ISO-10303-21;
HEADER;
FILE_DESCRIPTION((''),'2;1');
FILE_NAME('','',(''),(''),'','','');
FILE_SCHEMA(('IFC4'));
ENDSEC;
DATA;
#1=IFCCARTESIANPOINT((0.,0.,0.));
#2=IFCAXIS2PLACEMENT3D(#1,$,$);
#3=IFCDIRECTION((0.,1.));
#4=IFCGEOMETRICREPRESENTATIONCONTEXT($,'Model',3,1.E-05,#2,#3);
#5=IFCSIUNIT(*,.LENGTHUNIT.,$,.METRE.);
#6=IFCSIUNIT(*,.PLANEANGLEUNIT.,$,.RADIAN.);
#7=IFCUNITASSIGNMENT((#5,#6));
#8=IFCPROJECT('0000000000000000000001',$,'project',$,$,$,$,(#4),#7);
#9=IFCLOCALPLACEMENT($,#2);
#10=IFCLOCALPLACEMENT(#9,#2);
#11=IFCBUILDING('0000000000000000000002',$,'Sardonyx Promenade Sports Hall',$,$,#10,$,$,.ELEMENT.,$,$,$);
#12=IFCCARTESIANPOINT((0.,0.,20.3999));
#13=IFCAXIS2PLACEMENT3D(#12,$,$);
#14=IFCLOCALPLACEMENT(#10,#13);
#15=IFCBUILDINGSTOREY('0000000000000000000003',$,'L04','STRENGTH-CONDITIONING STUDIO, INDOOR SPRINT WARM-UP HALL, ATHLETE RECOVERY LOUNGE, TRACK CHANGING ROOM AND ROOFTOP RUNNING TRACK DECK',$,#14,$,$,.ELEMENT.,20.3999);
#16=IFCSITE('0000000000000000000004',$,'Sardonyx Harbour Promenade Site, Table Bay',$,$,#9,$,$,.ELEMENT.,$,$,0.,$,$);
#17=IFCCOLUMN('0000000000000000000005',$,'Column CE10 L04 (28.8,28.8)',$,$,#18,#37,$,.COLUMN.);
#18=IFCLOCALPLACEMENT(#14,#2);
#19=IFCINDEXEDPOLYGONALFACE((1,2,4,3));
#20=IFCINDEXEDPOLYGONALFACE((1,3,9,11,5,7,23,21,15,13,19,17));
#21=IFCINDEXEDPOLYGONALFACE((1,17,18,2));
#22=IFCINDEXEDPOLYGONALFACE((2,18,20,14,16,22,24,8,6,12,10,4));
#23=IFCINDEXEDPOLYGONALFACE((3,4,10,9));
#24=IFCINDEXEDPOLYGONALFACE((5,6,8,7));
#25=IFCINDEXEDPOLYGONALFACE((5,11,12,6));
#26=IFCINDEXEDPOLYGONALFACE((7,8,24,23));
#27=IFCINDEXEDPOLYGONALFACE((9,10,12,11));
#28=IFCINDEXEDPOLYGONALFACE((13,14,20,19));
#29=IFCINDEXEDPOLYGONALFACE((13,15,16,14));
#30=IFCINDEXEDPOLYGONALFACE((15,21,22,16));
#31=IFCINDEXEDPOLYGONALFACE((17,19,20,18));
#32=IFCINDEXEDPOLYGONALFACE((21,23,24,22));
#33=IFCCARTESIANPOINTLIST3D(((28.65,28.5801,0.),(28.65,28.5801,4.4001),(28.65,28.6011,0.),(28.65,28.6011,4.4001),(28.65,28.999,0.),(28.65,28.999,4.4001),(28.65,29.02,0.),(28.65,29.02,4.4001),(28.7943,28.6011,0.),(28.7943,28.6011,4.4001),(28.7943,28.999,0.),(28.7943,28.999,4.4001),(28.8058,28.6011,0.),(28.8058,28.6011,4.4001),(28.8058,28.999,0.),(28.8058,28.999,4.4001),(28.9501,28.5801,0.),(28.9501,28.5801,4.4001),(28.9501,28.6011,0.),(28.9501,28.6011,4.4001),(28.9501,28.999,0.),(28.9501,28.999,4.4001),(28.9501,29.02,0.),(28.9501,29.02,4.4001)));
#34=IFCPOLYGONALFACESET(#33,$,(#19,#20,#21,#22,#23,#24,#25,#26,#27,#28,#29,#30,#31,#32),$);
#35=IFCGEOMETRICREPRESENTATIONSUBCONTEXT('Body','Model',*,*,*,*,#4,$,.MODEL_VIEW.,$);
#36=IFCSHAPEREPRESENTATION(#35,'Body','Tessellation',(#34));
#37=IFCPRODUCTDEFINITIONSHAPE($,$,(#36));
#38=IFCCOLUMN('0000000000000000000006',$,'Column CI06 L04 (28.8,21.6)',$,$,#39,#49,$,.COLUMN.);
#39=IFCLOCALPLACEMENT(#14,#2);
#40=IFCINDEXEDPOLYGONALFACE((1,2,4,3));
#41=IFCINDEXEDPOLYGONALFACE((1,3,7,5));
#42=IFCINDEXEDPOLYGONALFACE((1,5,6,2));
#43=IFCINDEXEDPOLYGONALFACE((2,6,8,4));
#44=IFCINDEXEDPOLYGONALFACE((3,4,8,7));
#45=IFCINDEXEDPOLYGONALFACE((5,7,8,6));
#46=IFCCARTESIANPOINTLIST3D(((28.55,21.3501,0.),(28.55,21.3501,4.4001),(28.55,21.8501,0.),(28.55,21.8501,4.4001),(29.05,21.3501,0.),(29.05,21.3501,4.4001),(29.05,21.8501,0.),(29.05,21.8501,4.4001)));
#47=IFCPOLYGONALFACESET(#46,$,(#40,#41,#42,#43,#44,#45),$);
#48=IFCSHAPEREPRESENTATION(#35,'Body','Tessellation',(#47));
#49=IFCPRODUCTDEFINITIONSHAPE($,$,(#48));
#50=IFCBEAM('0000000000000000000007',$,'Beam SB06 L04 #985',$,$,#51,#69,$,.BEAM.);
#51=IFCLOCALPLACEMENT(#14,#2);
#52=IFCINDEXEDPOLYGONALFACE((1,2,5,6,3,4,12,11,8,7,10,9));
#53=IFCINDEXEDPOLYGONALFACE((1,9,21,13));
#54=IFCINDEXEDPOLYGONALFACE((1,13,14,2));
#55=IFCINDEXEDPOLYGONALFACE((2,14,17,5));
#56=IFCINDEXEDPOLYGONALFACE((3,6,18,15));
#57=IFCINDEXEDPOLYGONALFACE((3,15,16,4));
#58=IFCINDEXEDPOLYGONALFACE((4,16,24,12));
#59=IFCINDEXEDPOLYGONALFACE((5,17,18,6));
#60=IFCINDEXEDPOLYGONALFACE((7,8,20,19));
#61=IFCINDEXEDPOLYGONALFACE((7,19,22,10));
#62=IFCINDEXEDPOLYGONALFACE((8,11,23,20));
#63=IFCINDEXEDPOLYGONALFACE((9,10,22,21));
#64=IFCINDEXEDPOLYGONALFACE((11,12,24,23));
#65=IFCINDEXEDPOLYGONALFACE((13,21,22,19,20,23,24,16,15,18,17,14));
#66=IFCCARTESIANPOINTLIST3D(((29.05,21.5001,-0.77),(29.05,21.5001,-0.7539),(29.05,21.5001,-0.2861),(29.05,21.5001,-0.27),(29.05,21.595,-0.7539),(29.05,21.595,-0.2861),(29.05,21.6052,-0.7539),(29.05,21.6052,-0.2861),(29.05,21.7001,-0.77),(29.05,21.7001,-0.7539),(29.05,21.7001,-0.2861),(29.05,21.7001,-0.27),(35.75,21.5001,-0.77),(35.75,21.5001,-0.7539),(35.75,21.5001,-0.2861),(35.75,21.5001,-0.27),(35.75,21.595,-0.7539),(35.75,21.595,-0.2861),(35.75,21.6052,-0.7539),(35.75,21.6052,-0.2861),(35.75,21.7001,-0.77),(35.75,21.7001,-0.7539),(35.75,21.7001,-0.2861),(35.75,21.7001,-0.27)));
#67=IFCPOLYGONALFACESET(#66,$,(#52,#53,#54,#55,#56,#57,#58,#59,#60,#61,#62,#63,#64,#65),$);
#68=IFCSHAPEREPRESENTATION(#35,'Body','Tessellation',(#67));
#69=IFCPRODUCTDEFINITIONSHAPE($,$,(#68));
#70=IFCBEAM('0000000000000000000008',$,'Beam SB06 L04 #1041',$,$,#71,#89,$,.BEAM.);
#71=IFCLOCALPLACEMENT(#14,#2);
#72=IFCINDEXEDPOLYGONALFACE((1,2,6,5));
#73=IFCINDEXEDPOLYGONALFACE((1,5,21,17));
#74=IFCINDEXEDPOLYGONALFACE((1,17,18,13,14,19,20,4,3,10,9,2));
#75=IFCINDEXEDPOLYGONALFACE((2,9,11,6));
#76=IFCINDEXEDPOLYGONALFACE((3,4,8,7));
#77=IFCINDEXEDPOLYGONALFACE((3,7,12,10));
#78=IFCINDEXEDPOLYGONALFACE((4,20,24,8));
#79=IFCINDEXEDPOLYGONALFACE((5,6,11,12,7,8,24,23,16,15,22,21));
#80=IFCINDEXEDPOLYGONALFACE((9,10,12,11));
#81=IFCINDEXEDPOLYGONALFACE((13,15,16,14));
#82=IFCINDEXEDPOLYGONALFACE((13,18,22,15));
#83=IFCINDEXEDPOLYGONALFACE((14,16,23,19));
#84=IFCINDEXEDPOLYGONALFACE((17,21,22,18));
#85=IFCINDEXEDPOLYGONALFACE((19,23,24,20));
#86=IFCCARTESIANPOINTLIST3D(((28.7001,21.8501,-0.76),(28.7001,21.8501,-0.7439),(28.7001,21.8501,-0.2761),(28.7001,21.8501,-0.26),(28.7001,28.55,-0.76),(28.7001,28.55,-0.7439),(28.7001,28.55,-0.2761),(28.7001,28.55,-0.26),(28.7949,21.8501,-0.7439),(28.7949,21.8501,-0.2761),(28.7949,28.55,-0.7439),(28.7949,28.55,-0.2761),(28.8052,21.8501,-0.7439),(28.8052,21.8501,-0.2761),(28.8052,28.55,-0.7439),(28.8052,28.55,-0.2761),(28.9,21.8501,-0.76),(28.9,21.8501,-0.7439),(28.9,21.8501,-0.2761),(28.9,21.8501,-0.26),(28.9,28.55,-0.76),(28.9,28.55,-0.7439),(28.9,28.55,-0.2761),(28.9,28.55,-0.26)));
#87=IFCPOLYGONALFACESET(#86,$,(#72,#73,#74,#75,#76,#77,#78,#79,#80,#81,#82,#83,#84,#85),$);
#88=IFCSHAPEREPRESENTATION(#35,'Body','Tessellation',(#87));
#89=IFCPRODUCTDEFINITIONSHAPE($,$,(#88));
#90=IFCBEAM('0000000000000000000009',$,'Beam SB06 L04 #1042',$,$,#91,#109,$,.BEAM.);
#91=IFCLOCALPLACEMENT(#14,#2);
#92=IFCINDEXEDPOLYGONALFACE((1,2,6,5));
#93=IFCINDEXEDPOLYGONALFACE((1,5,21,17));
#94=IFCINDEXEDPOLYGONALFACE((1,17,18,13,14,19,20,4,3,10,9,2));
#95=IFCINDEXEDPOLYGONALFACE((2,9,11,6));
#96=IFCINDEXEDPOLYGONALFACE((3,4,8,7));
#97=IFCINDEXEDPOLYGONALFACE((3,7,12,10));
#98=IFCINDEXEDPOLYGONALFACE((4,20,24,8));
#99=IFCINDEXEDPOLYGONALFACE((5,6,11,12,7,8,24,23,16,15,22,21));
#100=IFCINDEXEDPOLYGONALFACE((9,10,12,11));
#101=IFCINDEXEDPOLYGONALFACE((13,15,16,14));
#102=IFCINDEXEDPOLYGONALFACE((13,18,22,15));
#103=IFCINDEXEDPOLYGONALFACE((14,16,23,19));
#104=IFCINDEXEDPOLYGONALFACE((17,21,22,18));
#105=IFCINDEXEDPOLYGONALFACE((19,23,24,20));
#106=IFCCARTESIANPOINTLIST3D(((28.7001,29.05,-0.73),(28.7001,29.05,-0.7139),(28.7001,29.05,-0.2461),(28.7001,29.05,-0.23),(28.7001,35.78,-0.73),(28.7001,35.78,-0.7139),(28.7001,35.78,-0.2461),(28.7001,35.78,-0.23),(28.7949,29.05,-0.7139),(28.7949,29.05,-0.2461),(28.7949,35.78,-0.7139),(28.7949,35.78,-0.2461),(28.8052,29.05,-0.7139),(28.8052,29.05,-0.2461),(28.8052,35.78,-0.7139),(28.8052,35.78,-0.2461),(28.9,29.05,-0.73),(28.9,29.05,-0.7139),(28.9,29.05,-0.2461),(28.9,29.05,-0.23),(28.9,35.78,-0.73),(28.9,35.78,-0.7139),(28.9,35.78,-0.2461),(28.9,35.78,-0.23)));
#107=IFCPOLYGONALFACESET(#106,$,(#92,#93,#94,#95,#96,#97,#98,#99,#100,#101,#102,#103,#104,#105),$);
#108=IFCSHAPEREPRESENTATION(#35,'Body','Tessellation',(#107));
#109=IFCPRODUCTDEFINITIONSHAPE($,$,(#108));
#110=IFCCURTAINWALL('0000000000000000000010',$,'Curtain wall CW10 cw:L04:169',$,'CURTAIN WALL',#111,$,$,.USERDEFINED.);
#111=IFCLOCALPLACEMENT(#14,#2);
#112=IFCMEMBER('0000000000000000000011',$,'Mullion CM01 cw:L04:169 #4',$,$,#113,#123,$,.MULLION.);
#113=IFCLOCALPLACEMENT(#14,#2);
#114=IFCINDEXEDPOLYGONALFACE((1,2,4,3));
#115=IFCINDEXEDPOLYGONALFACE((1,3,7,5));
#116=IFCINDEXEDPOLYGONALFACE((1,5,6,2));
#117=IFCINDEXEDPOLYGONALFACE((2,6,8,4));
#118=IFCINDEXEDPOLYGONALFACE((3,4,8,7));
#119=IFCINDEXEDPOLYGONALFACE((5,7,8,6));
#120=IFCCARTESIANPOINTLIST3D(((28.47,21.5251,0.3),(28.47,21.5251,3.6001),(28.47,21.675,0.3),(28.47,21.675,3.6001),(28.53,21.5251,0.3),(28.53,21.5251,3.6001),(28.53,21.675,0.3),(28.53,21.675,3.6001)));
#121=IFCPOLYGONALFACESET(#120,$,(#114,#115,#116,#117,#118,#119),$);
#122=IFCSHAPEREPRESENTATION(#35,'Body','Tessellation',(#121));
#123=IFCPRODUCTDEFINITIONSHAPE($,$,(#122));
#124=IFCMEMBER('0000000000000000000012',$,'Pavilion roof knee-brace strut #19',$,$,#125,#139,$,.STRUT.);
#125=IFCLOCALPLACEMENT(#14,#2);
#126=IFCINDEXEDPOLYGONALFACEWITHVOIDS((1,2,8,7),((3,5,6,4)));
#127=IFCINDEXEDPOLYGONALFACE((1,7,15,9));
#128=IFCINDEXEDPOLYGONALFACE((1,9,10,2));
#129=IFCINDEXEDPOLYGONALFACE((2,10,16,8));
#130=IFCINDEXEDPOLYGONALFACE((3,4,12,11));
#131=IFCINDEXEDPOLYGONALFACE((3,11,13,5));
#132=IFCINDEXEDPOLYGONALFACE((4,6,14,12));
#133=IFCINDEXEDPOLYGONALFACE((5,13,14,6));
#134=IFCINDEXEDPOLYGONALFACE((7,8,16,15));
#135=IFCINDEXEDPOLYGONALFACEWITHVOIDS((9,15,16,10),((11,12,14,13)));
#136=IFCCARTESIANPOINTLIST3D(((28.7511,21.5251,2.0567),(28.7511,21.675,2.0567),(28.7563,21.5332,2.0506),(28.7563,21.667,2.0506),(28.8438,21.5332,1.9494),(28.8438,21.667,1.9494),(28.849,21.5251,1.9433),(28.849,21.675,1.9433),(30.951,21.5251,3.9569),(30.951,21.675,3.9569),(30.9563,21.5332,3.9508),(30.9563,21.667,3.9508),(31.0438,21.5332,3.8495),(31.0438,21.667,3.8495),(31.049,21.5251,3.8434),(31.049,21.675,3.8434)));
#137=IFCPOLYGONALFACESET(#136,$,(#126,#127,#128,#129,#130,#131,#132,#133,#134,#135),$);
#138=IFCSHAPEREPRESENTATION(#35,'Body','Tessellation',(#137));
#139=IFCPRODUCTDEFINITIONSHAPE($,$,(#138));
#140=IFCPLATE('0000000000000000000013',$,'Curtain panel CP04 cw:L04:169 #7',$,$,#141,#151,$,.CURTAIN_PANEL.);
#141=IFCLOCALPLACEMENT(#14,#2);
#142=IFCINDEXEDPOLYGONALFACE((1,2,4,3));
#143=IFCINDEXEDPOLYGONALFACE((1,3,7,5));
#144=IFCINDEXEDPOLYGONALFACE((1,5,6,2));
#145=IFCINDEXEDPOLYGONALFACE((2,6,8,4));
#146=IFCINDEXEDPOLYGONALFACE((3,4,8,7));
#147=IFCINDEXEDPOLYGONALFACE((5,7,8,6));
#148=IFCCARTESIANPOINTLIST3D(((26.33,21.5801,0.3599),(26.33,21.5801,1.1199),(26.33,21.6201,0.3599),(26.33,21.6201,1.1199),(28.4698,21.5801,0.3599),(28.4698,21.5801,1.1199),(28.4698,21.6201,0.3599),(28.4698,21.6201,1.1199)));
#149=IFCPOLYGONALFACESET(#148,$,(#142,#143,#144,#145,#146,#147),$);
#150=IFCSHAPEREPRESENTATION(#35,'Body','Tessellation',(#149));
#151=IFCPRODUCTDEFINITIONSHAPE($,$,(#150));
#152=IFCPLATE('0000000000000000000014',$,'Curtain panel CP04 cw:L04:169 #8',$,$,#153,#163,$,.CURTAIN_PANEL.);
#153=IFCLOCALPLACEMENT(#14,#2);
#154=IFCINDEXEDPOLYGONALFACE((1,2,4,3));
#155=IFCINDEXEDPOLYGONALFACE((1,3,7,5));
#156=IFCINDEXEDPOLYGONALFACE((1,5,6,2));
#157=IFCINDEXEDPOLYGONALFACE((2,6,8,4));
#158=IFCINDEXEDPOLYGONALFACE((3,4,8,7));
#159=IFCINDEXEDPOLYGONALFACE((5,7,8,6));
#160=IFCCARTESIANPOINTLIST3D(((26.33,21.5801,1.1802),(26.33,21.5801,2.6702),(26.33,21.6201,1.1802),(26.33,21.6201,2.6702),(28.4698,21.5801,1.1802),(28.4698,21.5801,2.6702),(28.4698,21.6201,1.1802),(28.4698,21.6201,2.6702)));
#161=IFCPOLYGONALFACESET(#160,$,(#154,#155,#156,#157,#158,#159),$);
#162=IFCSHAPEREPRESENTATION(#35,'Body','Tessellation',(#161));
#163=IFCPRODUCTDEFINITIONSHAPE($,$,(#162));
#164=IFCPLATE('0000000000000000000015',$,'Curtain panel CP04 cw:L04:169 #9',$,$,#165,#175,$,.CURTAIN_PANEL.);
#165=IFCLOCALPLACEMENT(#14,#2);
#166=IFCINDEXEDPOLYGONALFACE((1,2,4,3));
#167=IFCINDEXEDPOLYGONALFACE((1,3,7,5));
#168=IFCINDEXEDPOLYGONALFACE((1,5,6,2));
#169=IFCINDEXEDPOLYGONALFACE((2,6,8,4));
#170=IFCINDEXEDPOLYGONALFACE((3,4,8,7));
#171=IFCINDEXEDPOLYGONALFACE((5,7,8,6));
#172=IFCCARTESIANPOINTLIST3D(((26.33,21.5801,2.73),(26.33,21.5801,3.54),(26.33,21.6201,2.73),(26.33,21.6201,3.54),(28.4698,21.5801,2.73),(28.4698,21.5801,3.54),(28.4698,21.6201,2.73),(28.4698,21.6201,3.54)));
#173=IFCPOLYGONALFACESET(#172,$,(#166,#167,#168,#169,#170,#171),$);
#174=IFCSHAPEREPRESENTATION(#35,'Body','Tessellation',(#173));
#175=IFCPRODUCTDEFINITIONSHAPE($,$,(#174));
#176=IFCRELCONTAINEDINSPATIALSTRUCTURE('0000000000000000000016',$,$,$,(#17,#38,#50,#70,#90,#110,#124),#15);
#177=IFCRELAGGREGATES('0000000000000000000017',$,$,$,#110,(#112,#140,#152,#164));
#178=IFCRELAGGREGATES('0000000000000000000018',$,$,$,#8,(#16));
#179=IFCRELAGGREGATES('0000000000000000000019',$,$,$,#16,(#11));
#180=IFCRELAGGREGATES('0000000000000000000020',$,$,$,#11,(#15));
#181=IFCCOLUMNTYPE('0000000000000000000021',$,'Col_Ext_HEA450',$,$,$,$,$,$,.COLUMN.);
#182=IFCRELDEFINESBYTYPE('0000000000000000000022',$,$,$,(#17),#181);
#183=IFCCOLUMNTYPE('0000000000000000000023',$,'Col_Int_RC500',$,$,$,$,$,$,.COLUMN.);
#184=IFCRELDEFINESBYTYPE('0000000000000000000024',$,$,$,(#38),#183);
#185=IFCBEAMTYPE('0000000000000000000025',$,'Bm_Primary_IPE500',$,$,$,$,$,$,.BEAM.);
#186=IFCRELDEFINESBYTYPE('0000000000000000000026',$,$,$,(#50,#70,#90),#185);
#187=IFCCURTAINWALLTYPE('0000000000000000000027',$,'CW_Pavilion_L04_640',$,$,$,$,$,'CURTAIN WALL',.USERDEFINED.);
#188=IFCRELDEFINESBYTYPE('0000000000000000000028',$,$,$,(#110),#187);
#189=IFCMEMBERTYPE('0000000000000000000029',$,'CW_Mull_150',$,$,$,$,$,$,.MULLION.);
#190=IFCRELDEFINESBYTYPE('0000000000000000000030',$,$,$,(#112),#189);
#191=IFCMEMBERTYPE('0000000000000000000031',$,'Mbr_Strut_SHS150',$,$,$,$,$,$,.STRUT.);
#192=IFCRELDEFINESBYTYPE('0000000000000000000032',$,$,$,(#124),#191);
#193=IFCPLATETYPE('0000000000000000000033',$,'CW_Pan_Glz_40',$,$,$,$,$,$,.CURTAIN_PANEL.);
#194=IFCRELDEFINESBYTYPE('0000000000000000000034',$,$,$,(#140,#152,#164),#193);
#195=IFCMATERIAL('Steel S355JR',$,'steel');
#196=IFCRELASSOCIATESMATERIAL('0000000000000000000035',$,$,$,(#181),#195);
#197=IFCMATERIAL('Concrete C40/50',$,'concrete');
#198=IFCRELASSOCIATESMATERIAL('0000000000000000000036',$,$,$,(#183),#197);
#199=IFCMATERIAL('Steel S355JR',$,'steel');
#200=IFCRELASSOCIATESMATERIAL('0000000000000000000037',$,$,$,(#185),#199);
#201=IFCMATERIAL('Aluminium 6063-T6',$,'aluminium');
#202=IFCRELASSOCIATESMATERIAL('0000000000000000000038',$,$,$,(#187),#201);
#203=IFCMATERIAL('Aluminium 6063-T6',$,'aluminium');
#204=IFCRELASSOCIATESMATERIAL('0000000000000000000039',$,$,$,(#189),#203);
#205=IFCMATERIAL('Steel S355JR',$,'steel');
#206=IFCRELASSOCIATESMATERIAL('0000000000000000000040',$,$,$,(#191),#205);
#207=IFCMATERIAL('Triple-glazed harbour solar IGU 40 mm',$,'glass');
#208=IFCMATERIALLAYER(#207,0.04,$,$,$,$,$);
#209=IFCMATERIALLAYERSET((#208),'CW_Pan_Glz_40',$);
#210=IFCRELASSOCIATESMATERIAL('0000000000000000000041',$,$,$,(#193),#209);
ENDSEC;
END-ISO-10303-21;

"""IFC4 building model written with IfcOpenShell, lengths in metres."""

from ifc_helpers import new_model, si_unit, direction, frame, origin, origin_2d, place, context, subcontext, project, spatial, rectangle, hollow_rectangle, i_section, extrude, material, layer, layer_set, material_profile, profile_set, type_object, element, aggregate, save


model = new_model("IFC4")

# Units and contexts
model_context = context("Model", 3, precision=1e-05, world=origin(), true_north=direction((0.0, 1.0)))
body_context = subcontext(model_context, "Body", "Model", "MODEL_VIEW")
ifc_project = project(units=[si_unit("LENGTHUNIT", "METRE"), si_unit("PLANEANGLEUNIT", "RADIAN")], contexts=[model_context])

# Site, building, storey
site_placement = place(None, origin())
site = spatial("IfcSite", under=ifc_project, at=site_placement, Name="Sardonyx Harbour Promenade Site, Table Bay", CompositionType="ELEMENT", RefElevation=0.0)
building_placement = place(site_placement, origin())
building = spatial("IfcBuilding", under=site, at=building_placement, Name="Sardonyx Promenade Sports Hall", CompositionType="ELEMENT")
storey_placement = place(building_placement, frame((0.0, 0.0, 20.3999)))
storey = spatial("IfcBuildingStorey", under=building, at=storey_placement, Name="L04", Description="STRENGTH-CONDITIONING STUDIO, INDOOR SPRINT WARM-UP HALL, ATHLETE RECOVERY LOUNGE, TRACK CHANGING ROOM AND ROOFTOP RUNNING TRACK DECK", CompositionType="ELEMENT", Elevation=20.3999)

# Columns
ifc_material_1 = material(Name="Steel S355JR", Category="steel")
ifc_material_profile_1 = material_profile(ifc_material_1, i_section(OverallWidth=0.3, OverallDepth=0.4399, WebThickness=0.0115, FlangeThickness=0.021, at=origin_2d()))
ifc_profile_set_1 = profile_set([ifc_material_profile_1], Name="Steel S355JR")
column_type_1 = type_object("IfcColumnType", Name="Col_Ext_HEA450", PredefinedType="COLUMN", material=ifc_profile_set_1)
column_1_placement = place(storey_placement, frame((28.8, 28.8, 0.0), z_axis=(0.0, 0.0, 1.0), x_axis=(1.0, 0.0, 0.0)))
element("IfcColumn", 1, at=column_1_placement, inside=storey, type_object=column_type_1, Name="Column CE10 L04 (28.8,28.8)", PredefinedType="COLUMN", context=body_context, shape_type="SweptSolid", body=[
    extrude(i_section(OverallWidth=0.3, OverallDepth=0.4399, WebThickness=0.0115, FlangeThickness=0.021, at=origin_2d()), origin(), (0.0, 0.0, 1.0), 4.4001),
])
ifc_material_2 = material(Name="Concrete C40/50", Category="concrete")
ifc_material_profile_2 = material_profile(ifc_material_2, rectangle(XDim=0.5, YDim=0.5, at=origin_2d()))
ifc_profile_set_2 = profile_set([ifc_material_profile_2], Name="Concrete C40/50")
column_type_2 = type_object("IfcColumnType", Name="Col_Int_RC500", PredefinedType="COLUMN", material=ifc_profile_set_2)
column_2_placement = place(storey_placement, frame((28.8, 21.6001, 0.0), z_axis=(0.0, 0.0, 1.0), x_axis=(1.0, 0.0, 0.0)))
element("IfcColumn", 2, at=column_2_placement, inside=storey, type_object=column_type_2, Name="Column CI06 L04 (28.8,21.6)", PredefinedType="COLUMN", context=body_context, shape_type="SweptSolid", body=[
    extrude(rectangle(XDim=0.5, YDim=0.5, at=origin_2d()), origin(), (0.0, 0.0, 1.0), 4.4001),
])

# Beams
ifc_material_3 = material(Name="Steel S355JR", Category="steel")
ifc_material_profile_3 = material_profile(ifc_material_3, i_section(OverallWidth=0.2, OverallDepth=0.5, WebThickness=0.0103, FlangeThickness=0.0161, at=origin_2d()))
ifc_profile_set_3 = profile_set([ifc_material_profile_3], Name="Steel S355JR")
beam_type = type_object("IfcBeamType", Name="Bm_Primary_IPE500", PredefinedType="BEAM", material=ifc_profile_set_3)
for number, where, z_axis, x_axis, name in (
    (3, (29.05, 21.6001, -0.52), (1.0, 0.0, 0.0), (0.0, 1.0, 0.0), "Beam SB06 L04 #985"),
    (4, (28.8, 21.8501, -0.51), (0.0, 1.0, 0.0), (-1.0, 0.0, 0.0), "Beam SB06 L04 #1041"),
):
    element("IfcBeam", number, at=place(storey_placement, frame(where, z_axis=z_axis, x_axis=x_axis)), inside=storey, type_object=beam_type, Name=name, PredefinedType="BEAM", context=body_context, shape_type="SweptSolid", body=[
        extrude(i_section(OverallWidth=0.2, OverallDepth=0.5, WebThickness=0.0103, FlangeThickness=0.0161, at=origin_2d()), origin(), (0.0, 0.0, 1.0), 6.7),
    ])
beam_placement = place(storey_placement, frame((28.8, 29.05, -0.48), z_axis=(0.0, 1.0, 0.0), x_axis=(-1.0, 0.0, 0.0)))
element("IfcBeam", 5, at=beam_placement, inside=storey, type_object=beam_type, Name="Beam SB06 L04 #1042", PredefinedType="BEAM", context=body_context, shape_type="SweptSolid", body=[
    extrude(i_section(OverallWidth=0.2, OverallDepth=0.5, WebThickness=0.0103, FlangeThickness=0.0161, at=origin_2d()), origin(), (0.0, 0.0, 1.0), 6.73),
])

# Curtain wall, member
ifc_material_4 = material(Name="Aluminium 6063-T6", Category="aluminium")
curtain_wall_type = type_object("IfcCurtainWallType", Name="CW_Pavilion_L04_640", ElementType="CURTAIN WALL", PredefinedType="USERDEFINED", material=ifc_material_4)
curtain_wall_placement = place(storey_placement, origin())
curtain_wall = element("IfcCurtainWall", 6, at=curtain_wall_placement, inside=storey, type_object=curtain_wall_type, Name="Curtain wall CW10 cw:L04:169", ObjectType="CURTAIN WALL", PredefinedType="USERDEFINED")
ifc_material_5 = material(Name="Aluminium 6063-T6", Category="aluminium")
ifc_material_profile_4 = material_profile(ifc_material_5, rectangle(XDim=0.0601, YDim=0.1499, at=origin_2d()))
ifc_profile_set_4 = profile_set([ifc_material_profile_4], Name="Aluminium 6063-T6")
member_type_1 = type_object("IfcMemberType", Name="CW_Mull_150", PredefinedType="MULLION", material=ifc_profile_set_4)
member_1_placement = place(storey_placement, frame((28.5, 21.6001, 0.3), z_axis=(0.0, 0.0, 1.0), x_axis=(1.0, 0.0, 0.0)))
member_1 = element("IfcMember", 7, at=member_1_placement, type_object=member_type_1, Name="Mullion CM01 cw:L04:169 #4", PredefinedType="MULLION", context=body_context, shape_type="SweptSolid", body=[
    extrude(rectangle(XDim=0.0601, YDim=0.1499, at=origin_2d()), origin(), (0.0, 0.0, 1.0), 3.3),
])

# Member
ifc_material_6 = material(Name="Steel S355JR", Category="steel")
ifc_material_profile_5 = material_profile(ifc_material_6, hollow_rectangle(XDim=0.1499, YDim=0.1499, WallThickness=0.0081, at=origin_2d()))
ifc_profile_set_5 = profile_set([ifc_material_profile_5], Name="Steel S355JR")
member_type_2 = type_object("IfcMemberType", Name="Mbr_Strut_SHS150", PredefinedType="STRUT", material=ifc_profile_set_5)
member_2_placement = place(storey_placement, frame((28.8, 21.6001, 2.0), z_axis=(0.756791, 0.0, 0.653657), x_axis=(0.0, 1.0, 0.0)))
element("IfcMember", 8, at=member_2_placement, inside=storey, type_object=member_type_2, Name="Pavilion roof knee-brace strut #19", PredefinedType="STRUT", context=body_context, shape_type="SweptSolid", body=[
    extrude(hollow_rectangle(XDim=0.1499, YDim=0.1499, WallThickness=0.0081, at=origin_2d()), origin(), (0.0, 0.0, 1.0), 2.907),
])

# Plates
ifc_material_7 = material(Name="Triple-glazed harbour solar IGU 40 mm", Category="glass")
ifc_layer_1 = layer(ifc_material_7, 0.04)
ifc_layer_set_1 = layer_set([ifc_layer_1], Name="CW_Pan_Glz_40")
plate_type_1 = type_object("IfcPlateType", Name="CW_Pan_Glz_40", PredefinedType="CURTAIN_PANEL", material=ifc_layer_set_1)
plate_1_placement = place(storey_placement, frame((27.3999, 21.6001, 0.3599), z_axis=(0.0, 0.0, 1.0), x_axis=(1.0, 0.0, 0.0)))
plate_1 = element("IfcPlate", 9, at=plate_1_placement, type_object=plate_type_1, Name="Curtain panel CP04 cw:L04:169 #7", PredefinedType="CURTAIN_PANEL", context=body_context, shape_type="SweptSolid", body=[
    extrude(rectangle(XDim=2.1399, YDim=0.04, at=origin_2d()), origin(), (0.0, 0.0, 1.0), 0.76),
])
plate_2_placement = place(storey_placement, frame((27.3999, 21.6001, 1.1802), z_axis=(0.0, 0.0, 1.0), x_axis=(1.0, 0.0, 0.0)))
plate_2 = element("IfcPlate", 10, at=plate_2_placement, type_object=plate_type_1, Name="Curtain panel CP04 cw:L04:169 #8", PredefinedType="CURTAIN_PANEL", context=body_context, shape_type="SweptSolid", body=[
    extrude(rectangle(XDim=2.1399, YDim=0.04, at=origin_2d()), origin(), (0.0, 0.0, 1.0), 1.49),
])
plate_3_placement = place(storey_placement, frame((27.3999, 21.6001, 2.73), z_axis=(0.0, 0.0, 1.0), x_axis=(1.0, 0.0, 0.0)))
plate_3 = element("IfcPlate", 11, at=plate_3_placement, type_object=plate_type_1, Name="Curtain panel CP04 cw:L04:169 #9", PredefinedType="CURTAIN_PANEL", context=body_context, shape_type="SweptSolid", body=[
    extrude(rectangle(XDim=2.1399, YDim=0.04, at=origin_2d()), origin(), (0.0, 0.0, 1.0), 0.8101),
])
aggregate(curtain_wall, [member_1, plate_1, plate_2, plate_3])

save(model, "model.ifc")
